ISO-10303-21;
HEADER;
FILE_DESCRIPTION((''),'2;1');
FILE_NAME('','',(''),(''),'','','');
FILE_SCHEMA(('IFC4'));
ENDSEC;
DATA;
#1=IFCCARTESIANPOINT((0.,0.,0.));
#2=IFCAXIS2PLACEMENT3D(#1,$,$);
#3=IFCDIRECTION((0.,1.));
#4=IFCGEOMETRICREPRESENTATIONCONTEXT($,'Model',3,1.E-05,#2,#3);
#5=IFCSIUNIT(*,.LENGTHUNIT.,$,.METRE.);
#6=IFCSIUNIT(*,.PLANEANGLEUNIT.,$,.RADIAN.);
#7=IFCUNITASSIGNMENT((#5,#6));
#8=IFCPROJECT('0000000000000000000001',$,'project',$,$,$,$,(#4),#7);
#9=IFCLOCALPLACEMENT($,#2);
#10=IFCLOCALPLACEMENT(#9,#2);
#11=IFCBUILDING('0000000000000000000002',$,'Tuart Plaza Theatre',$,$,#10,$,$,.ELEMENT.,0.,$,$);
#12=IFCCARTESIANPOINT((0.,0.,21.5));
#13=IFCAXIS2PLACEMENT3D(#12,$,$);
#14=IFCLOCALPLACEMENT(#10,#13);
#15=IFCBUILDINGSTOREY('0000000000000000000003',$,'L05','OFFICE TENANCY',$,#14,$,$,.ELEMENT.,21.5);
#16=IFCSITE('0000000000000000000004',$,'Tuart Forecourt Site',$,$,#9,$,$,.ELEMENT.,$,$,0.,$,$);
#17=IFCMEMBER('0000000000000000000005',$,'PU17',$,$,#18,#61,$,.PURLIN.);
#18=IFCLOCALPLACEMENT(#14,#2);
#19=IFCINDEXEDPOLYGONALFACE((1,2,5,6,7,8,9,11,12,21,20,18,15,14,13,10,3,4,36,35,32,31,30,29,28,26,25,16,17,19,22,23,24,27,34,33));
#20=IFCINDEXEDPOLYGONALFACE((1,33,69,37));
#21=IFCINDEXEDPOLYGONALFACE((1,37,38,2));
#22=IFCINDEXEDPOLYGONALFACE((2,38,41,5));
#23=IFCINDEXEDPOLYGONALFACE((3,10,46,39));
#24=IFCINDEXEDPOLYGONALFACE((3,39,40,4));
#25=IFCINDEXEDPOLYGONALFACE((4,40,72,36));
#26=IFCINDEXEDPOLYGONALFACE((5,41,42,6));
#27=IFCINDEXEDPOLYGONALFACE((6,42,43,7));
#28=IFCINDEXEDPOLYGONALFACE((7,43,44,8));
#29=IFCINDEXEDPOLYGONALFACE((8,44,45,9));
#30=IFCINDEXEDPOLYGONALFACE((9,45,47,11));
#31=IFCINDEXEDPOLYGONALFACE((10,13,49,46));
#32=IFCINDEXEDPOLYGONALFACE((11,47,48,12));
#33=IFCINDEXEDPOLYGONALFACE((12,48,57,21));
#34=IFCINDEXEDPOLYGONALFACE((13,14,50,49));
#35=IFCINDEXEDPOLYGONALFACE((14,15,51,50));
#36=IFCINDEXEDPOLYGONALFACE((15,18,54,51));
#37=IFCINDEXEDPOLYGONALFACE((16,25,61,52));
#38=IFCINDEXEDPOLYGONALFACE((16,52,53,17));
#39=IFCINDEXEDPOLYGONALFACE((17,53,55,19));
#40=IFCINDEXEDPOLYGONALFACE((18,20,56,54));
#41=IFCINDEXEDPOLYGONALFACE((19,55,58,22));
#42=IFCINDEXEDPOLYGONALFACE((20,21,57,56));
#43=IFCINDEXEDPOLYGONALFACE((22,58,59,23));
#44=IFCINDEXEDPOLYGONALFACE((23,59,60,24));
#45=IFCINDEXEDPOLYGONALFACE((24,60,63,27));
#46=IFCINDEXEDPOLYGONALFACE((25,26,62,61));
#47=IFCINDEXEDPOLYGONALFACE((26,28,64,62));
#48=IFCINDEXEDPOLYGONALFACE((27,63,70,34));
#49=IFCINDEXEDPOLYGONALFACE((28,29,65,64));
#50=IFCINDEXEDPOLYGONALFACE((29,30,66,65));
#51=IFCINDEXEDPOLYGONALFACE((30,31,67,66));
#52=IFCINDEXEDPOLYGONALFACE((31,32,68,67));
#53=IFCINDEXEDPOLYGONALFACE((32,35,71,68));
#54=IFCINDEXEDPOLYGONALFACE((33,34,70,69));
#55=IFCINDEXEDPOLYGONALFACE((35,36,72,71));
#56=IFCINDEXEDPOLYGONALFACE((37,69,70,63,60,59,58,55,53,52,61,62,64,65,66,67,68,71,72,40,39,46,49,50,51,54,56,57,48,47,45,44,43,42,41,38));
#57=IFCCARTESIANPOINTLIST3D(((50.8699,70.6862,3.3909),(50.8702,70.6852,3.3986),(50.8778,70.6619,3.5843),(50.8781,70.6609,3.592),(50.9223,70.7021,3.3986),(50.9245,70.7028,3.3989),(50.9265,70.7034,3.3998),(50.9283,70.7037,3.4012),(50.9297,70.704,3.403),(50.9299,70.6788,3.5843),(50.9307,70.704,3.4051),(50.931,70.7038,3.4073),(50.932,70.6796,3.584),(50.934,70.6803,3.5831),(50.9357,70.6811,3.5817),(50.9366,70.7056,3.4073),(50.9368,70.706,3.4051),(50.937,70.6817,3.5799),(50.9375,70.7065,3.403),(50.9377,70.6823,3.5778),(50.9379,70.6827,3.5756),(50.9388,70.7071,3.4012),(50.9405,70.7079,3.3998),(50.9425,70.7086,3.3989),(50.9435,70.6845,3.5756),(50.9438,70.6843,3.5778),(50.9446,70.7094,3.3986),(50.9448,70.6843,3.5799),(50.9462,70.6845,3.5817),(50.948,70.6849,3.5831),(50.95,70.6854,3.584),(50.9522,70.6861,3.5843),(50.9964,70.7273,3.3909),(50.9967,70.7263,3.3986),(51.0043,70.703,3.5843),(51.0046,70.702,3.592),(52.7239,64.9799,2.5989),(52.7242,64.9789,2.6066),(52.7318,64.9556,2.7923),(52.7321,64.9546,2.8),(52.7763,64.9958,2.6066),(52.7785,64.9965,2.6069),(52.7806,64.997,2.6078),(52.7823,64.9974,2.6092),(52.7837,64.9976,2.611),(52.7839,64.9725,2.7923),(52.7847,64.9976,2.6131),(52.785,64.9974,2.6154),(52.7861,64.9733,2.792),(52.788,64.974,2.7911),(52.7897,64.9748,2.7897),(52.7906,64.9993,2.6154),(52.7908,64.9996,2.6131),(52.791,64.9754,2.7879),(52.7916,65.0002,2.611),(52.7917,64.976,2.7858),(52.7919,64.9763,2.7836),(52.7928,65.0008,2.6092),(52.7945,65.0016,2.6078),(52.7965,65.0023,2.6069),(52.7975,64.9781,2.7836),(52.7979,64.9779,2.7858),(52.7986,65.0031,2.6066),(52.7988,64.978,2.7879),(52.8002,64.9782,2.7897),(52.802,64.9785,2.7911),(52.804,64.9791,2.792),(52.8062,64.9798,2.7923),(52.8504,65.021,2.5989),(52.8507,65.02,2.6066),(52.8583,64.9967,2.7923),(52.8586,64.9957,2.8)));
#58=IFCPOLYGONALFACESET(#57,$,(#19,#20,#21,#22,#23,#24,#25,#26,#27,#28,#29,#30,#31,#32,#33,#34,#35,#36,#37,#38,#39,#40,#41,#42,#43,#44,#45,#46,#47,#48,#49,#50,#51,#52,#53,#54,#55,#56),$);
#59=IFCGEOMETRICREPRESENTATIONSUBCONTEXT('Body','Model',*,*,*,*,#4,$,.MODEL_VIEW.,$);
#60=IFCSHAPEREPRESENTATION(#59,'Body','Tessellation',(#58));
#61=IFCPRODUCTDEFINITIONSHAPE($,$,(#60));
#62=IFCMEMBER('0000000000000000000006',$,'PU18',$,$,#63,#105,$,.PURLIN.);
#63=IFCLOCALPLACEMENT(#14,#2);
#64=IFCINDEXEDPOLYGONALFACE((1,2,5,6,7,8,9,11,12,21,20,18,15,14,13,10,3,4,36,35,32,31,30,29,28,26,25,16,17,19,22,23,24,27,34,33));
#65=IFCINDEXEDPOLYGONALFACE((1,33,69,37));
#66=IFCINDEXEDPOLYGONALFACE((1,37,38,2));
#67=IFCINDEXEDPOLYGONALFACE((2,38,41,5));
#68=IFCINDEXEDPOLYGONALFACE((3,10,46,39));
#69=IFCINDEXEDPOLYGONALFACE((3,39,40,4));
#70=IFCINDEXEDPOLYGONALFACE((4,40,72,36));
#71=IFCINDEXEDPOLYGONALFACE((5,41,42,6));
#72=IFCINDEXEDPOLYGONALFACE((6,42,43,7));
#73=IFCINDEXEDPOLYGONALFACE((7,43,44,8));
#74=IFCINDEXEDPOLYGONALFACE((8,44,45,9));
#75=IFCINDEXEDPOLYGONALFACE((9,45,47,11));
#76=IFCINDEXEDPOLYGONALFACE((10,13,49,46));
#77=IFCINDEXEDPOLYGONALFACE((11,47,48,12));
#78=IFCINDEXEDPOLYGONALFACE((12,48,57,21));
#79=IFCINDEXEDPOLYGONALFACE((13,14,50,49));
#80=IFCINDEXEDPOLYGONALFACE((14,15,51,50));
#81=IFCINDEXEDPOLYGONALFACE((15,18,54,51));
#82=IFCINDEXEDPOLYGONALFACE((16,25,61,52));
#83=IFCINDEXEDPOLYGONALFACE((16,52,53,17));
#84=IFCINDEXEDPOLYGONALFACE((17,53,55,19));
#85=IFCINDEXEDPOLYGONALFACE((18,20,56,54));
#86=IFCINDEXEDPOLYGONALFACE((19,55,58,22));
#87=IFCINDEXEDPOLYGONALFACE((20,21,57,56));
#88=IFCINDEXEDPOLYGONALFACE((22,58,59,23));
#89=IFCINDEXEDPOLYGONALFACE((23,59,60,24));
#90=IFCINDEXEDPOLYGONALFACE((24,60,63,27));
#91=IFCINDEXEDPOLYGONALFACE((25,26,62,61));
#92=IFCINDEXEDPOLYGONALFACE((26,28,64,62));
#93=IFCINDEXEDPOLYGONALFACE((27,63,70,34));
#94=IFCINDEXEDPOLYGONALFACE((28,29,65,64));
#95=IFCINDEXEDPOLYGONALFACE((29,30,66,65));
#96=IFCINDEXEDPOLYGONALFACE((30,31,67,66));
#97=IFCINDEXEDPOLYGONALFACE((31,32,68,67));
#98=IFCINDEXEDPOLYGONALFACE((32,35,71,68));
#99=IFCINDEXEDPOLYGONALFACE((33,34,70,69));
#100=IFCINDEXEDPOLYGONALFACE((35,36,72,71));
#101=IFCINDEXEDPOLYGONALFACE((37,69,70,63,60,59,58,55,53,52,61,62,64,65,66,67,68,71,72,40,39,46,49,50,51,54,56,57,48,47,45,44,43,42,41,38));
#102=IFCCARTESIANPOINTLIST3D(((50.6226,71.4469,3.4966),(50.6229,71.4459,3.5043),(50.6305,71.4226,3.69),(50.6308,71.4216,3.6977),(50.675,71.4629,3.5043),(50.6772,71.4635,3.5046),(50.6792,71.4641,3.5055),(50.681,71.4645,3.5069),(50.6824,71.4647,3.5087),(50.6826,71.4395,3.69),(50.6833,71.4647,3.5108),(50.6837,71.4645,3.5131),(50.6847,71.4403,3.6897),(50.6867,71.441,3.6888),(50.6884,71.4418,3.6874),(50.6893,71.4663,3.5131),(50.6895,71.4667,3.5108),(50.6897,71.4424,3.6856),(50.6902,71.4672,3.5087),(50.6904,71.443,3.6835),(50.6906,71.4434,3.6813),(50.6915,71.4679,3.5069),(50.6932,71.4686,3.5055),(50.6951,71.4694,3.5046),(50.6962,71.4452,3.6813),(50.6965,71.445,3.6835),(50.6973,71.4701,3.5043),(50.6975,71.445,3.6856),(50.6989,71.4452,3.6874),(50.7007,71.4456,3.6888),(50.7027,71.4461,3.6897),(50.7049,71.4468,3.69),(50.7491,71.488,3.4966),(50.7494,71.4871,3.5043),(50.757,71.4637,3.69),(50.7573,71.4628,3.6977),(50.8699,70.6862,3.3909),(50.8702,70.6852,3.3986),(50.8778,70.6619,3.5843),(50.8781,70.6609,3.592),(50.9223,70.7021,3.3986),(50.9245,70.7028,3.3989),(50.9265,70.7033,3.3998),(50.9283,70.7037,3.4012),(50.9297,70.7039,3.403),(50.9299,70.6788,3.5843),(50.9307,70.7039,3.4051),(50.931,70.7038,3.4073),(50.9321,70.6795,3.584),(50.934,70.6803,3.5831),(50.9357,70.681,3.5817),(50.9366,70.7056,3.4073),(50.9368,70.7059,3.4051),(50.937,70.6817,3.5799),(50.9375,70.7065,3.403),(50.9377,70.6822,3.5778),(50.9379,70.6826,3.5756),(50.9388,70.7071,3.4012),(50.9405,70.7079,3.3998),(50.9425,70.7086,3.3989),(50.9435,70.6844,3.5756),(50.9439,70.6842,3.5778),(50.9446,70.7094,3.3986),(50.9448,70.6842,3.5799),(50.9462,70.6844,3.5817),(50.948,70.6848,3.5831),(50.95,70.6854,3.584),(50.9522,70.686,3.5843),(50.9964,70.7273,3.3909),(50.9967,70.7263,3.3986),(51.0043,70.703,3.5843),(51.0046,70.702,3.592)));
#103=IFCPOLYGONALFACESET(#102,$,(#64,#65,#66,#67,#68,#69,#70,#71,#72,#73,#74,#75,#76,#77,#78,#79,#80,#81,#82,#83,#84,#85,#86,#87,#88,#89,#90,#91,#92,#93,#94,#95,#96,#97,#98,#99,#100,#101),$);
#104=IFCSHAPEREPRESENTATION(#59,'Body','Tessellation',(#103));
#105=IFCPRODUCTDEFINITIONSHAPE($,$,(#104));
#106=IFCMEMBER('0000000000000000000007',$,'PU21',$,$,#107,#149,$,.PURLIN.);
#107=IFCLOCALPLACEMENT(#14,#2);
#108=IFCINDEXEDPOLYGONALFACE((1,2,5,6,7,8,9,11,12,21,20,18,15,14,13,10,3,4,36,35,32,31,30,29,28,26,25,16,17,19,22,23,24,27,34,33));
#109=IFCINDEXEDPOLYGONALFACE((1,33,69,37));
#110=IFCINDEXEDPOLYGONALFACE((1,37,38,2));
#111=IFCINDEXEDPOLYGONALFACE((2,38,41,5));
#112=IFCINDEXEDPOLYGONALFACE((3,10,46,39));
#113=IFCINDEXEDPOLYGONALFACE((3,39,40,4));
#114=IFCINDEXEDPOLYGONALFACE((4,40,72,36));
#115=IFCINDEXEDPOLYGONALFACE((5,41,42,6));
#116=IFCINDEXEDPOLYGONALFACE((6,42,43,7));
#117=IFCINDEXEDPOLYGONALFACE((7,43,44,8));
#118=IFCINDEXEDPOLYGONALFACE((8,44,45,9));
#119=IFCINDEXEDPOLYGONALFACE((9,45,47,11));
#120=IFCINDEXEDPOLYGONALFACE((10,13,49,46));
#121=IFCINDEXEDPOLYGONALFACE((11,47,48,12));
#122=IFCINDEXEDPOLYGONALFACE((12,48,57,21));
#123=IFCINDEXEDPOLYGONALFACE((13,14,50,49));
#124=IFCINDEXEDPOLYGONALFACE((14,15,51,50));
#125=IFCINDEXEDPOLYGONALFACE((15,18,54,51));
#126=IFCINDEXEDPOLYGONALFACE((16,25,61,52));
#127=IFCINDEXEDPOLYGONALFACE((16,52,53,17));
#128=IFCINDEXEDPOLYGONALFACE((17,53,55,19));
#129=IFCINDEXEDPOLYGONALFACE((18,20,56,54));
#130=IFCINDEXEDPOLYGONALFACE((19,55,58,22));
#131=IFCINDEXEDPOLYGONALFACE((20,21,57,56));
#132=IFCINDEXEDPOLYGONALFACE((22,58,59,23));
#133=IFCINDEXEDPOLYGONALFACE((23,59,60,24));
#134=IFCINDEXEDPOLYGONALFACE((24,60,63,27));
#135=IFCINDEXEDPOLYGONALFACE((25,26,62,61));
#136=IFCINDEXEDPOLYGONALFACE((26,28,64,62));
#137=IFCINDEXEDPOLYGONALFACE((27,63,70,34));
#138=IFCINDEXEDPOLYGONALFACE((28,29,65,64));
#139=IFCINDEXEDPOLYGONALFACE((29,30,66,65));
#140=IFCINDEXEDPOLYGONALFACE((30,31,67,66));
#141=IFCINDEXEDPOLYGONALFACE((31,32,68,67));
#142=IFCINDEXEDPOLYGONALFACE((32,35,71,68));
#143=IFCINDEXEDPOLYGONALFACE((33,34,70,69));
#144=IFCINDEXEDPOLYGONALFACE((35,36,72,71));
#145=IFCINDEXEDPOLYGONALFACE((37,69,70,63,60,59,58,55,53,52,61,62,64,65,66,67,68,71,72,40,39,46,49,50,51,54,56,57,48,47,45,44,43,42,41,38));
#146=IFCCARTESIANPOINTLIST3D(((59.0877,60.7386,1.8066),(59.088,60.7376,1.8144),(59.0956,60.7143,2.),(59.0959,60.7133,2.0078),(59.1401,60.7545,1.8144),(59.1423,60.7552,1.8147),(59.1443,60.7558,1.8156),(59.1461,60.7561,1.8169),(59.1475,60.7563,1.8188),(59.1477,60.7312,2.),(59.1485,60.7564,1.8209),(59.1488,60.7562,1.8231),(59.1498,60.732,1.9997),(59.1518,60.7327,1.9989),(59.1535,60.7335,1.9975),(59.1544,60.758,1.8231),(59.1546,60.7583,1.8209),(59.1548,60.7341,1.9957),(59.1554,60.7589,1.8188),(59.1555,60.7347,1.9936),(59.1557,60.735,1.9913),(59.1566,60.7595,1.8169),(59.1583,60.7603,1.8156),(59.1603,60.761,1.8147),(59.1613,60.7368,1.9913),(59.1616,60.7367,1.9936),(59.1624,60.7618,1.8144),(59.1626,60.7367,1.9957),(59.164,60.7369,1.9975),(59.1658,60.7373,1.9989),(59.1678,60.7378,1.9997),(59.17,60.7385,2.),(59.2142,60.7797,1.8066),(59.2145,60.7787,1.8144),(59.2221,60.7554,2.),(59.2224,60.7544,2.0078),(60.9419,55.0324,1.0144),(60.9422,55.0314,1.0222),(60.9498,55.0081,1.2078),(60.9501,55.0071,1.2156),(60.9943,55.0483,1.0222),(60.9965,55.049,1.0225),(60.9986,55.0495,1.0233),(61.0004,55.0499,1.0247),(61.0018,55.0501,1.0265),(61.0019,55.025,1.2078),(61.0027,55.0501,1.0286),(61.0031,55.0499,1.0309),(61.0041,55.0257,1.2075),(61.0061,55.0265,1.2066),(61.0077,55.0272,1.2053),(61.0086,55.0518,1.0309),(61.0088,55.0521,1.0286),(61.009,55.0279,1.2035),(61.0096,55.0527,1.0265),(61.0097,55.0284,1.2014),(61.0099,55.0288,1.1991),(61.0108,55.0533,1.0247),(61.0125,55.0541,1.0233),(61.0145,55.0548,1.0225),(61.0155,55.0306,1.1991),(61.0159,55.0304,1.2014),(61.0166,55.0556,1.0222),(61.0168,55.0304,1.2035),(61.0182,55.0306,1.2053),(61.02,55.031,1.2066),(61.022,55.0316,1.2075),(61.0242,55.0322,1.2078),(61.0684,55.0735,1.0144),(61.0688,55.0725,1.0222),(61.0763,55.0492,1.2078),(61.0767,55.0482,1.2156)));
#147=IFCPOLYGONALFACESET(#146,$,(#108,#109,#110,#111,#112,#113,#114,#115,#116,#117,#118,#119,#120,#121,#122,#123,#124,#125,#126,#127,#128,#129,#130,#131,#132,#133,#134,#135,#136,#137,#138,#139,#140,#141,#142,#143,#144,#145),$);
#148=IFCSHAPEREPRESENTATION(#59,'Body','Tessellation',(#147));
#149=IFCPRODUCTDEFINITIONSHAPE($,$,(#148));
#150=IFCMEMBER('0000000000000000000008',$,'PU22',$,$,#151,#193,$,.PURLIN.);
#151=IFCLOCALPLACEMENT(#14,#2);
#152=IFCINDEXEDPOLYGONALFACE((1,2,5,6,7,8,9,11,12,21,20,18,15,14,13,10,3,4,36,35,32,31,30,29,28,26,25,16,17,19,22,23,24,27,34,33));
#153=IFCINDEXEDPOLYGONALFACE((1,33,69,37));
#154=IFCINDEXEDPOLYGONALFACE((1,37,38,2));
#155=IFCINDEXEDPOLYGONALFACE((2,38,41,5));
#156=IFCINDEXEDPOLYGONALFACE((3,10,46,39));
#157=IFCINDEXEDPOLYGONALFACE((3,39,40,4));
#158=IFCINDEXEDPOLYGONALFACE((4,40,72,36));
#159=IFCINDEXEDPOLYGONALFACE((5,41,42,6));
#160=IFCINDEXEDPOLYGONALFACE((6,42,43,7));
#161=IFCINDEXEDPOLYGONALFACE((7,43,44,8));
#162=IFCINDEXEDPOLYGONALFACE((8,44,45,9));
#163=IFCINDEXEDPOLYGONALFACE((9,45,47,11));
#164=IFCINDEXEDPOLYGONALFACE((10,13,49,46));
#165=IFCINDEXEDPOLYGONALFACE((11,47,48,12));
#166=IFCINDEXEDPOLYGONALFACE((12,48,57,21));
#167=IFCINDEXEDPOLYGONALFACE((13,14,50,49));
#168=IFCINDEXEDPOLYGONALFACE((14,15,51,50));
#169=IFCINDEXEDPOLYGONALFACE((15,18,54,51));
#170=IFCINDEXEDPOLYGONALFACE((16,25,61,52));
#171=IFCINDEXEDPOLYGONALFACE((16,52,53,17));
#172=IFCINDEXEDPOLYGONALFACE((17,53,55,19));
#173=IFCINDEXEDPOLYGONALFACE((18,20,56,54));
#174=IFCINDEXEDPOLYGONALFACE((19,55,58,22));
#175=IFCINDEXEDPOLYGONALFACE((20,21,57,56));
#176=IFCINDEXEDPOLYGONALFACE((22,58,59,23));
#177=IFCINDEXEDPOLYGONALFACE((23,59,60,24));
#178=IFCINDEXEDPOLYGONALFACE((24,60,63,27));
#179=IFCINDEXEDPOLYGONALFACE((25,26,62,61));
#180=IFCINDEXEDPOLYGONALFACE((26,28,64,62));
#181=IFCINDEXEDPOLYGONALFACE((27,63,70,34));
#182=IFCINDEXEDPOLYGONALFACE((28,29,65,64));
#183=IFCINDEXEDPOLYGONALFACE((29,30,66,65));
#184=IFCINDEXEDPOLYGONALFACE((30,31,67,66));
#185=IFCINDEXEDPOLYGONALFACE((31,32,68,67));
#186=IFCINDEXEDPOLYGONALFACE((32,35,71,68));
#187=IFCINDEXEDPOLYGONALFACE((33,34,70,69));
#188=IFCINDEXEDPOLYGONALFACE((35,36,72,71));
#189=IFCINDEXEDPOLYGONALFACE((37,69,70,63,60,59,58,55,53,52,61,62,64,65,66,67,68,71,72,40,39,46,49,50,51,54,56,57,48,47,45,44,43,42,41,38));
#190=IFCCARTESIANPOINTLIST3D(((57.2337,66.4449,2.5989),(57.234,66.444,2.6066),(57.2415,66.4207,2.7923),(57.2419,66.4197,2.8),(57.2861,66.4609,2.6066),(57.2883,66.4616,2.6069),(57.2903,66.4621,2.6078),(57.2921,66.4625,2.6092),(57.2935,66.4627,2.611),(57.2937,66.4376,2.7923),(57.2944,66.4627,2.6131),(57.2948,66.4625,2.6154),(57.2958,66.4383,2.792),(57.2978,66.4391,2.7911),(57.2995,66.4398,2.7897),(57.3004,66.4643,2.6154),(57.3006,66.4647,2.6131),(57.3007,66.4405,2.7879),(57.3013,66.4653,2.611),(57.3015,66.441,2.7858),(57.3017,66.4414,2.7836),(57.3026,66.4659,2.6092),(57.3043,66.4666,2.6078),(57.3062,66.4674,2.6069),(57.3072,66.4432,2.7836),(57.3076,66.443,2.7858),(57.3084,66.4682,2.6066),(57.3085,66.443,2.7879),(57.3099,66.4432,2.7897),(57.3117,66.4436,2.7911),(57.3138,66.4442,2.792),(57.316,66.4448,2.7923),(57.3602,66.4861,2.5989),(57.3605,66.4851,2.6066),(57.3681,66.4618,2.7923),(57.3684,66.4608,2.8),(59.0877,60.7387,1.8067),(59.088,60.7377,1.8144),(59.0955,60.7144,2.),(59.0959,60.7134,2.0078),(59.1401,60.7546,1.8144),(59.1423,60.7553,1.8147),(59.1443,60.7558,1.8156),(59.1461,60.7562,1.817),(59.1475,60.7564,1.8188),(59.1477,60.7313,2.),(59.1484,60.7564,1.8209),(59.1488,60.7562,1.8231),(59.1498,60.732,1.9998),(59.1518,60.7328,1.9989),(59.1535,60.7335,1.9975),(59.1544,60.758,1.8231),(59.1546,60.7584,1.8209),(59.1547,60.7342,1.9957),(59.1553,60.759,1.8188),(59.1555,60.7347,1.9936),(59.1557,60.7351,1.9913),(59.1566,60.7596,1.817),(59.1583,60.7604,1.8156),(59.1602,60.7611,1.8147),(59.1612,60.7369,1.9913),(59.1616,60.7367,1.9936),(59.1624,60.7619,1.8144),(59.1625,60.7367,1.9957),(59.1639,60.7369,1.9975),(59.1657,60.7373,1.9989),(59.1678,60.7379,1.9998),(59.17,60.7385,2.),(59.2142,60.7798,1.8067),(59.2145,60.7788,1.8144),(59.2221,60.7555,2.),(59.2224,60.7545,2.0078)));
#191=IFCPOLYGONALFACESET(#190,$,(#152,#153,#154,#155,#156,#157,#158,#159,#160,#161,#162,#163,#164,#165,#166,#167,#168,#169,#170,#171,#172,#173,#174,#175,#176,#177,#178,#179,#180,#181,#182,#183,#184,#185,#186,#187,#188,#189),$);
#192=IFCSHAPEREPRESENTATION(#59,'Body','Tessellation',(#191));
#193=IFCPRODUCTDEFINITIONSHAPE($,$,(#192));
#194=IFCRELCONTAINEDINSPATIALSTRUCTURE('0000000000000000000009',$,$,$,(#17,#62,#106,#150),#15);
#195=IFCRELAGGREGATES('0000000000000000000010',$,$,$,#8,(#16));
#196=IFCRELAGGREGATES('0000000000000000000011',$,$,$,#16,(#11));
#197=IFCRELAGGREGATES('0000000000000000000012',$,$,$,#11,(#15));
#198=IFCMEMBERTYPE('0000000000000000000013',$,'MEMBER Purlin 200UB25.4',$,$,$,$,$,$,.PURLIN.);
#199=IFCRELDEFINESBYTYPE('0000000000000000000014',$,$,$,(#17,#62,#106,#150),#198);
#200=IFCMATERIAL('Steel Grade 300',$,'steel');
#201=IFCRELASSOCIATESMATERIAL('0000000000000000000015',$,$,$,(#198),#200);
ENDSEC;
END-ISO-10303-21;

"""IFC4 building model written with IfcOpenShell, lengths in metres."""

from ifc_helpers import new_model, si_unit, direction, frame, origin, origin_2d, place, context, subcontext, project, spatial, i_section, extrude, material, material_profile, profile_set, type_object, element, save


model = new_model("IFC4")

# Units and contexts
model_context = context("Model", 3, precision=1e-05, world=origin(), true_north=direction((0.0, 1.0)))
body_context = subcontext(model_context, "Body", "Model", "MODEL_VIEW")
ifc_project = project(units=[si_unit("LENGTHUNIT", "METRE"), si_unit("PLANEANGLEUNIT", "RADIAN")], contexts=[model_context])

# Site, building, storey
site_placement = place(None, origin())
site = spatial("IfcSite", under=ifc_project, at=site_placement, Name="Tuart Forecourt Site", CompositionType="ELEMENT", RefElevation=0.0)
building_placement = place(site_placement, origin())
building = spatial("IfcBuilding", under=site, at=building_placement, Name="Tuart Plaza Theatre", CompositionType="ELEMENT", ElevationOfRefHeight=0.0)
storey_placement = place(building_placement, frame((0.0, 0.0, 21.5)))
storey = spatial("IfcBuildingStorey", under=building, at=storey_placement, Name="L05", Description="OFFICE TENANCY", CompositionType="ELEMENT", Elevation=21.5)

# Members
ifc_material_1 = material(Name="Steel Grade 300", Category="steel")
ifc_material_profile_1 = material_profile(ifc_material_1, i_section(OverallWidth=0.1331, OverallDepth=0.2029, WebThickness=0.0059, FlangeThickness=0.0078, FilletRadius=0.0088, at=origin_2d()), Name="200UB25.4")
ifc_profile_set_1 = profile_set([ifc_material_profile_1], Name="Steel Grade 300")
member_type_1 = type_object("IfcMemberType", Name="MEMBER Purlin 200UB25.4", PredefinedType="PURLIN", material=ifc_profile_set_1)
member_1_placement = place(storey_placement, frame((52.7913, 64.9878, 2.6995), z_axis=(-0.306347, 0.942882, 0.130865), x_axis=(-0.951061, -0.309004, 0.0)))
element("IfcMember", 1, at=member_1_placement, inside=storey, type_object=member_type_1, Name="PU17", PredefinedType="PURLIN", context=body_context, shape_type="SweptSolid", body=[
    extrude(i_section(OverallWidth=0.1331, OverallDepth=0.2029, WebThickness=0.0059, FlangeThickness=0.0078, FilletRadius=0.0088, at=origin_2d()), origin(), (0.0, 0.0, 1.0), 6.052),
])
member_2_placement = place(storey_placement, frame((50.9373, 70.6941, 3.4915), z_axis=(-0.306504, 0.94281, 0.131013), x_axis=(-0.951007, -0.309169, 0.0)))
element("IfcMember", 2, at=member_2_placement, inside=storey, type_object=member_type_1, Name="PU18", PredefinedType="PURLIN", context=body_context, shape_type="SweptSolid", body=[
    extrude(i_section(OverallWidth=0.1331, OverallDepth=0.2029, WebThickness=0.0059, FlangeThickness=0.0078, FilletRadius=0.0088, at=origin_2d()), origin(), (0.0, 0.0, 1.0), 0.8069),
])
for number, where, z_axis, x_axis, name in (
    (3, (61.0093, 55.0403, 1.115), (-0.306382, 0.942865, 0.130903), (-0.951049, -0.309041, 0.0), "PU21"),
    (4, (59.155, 60.7466, 1.9072), (-0.306345, 0.942877, 0.130905), (-0.951061, -0.309004, 0.0), "PU22"),
):
    element("IfcMember", number, at=place(storey_placement, frame(where, z_axis=z_axis, x_axis=x_axis)), inside=storey, type_object=member_type_1, Name=name, PredefinedType="PURLIN", context=body_context, shape_type="SweptSolid", body=[
        extrude(i_section(OverallWidth=0.1331, OverallDepth=0.2029, WebThickness=0.0059, FlangeThickness=0.0078, FilletRadius=0.0088, at=origin_2d()), origin(), (0.0, 0.0, 1.0), 6.052),
    ])

save(model, "model.ifc")
